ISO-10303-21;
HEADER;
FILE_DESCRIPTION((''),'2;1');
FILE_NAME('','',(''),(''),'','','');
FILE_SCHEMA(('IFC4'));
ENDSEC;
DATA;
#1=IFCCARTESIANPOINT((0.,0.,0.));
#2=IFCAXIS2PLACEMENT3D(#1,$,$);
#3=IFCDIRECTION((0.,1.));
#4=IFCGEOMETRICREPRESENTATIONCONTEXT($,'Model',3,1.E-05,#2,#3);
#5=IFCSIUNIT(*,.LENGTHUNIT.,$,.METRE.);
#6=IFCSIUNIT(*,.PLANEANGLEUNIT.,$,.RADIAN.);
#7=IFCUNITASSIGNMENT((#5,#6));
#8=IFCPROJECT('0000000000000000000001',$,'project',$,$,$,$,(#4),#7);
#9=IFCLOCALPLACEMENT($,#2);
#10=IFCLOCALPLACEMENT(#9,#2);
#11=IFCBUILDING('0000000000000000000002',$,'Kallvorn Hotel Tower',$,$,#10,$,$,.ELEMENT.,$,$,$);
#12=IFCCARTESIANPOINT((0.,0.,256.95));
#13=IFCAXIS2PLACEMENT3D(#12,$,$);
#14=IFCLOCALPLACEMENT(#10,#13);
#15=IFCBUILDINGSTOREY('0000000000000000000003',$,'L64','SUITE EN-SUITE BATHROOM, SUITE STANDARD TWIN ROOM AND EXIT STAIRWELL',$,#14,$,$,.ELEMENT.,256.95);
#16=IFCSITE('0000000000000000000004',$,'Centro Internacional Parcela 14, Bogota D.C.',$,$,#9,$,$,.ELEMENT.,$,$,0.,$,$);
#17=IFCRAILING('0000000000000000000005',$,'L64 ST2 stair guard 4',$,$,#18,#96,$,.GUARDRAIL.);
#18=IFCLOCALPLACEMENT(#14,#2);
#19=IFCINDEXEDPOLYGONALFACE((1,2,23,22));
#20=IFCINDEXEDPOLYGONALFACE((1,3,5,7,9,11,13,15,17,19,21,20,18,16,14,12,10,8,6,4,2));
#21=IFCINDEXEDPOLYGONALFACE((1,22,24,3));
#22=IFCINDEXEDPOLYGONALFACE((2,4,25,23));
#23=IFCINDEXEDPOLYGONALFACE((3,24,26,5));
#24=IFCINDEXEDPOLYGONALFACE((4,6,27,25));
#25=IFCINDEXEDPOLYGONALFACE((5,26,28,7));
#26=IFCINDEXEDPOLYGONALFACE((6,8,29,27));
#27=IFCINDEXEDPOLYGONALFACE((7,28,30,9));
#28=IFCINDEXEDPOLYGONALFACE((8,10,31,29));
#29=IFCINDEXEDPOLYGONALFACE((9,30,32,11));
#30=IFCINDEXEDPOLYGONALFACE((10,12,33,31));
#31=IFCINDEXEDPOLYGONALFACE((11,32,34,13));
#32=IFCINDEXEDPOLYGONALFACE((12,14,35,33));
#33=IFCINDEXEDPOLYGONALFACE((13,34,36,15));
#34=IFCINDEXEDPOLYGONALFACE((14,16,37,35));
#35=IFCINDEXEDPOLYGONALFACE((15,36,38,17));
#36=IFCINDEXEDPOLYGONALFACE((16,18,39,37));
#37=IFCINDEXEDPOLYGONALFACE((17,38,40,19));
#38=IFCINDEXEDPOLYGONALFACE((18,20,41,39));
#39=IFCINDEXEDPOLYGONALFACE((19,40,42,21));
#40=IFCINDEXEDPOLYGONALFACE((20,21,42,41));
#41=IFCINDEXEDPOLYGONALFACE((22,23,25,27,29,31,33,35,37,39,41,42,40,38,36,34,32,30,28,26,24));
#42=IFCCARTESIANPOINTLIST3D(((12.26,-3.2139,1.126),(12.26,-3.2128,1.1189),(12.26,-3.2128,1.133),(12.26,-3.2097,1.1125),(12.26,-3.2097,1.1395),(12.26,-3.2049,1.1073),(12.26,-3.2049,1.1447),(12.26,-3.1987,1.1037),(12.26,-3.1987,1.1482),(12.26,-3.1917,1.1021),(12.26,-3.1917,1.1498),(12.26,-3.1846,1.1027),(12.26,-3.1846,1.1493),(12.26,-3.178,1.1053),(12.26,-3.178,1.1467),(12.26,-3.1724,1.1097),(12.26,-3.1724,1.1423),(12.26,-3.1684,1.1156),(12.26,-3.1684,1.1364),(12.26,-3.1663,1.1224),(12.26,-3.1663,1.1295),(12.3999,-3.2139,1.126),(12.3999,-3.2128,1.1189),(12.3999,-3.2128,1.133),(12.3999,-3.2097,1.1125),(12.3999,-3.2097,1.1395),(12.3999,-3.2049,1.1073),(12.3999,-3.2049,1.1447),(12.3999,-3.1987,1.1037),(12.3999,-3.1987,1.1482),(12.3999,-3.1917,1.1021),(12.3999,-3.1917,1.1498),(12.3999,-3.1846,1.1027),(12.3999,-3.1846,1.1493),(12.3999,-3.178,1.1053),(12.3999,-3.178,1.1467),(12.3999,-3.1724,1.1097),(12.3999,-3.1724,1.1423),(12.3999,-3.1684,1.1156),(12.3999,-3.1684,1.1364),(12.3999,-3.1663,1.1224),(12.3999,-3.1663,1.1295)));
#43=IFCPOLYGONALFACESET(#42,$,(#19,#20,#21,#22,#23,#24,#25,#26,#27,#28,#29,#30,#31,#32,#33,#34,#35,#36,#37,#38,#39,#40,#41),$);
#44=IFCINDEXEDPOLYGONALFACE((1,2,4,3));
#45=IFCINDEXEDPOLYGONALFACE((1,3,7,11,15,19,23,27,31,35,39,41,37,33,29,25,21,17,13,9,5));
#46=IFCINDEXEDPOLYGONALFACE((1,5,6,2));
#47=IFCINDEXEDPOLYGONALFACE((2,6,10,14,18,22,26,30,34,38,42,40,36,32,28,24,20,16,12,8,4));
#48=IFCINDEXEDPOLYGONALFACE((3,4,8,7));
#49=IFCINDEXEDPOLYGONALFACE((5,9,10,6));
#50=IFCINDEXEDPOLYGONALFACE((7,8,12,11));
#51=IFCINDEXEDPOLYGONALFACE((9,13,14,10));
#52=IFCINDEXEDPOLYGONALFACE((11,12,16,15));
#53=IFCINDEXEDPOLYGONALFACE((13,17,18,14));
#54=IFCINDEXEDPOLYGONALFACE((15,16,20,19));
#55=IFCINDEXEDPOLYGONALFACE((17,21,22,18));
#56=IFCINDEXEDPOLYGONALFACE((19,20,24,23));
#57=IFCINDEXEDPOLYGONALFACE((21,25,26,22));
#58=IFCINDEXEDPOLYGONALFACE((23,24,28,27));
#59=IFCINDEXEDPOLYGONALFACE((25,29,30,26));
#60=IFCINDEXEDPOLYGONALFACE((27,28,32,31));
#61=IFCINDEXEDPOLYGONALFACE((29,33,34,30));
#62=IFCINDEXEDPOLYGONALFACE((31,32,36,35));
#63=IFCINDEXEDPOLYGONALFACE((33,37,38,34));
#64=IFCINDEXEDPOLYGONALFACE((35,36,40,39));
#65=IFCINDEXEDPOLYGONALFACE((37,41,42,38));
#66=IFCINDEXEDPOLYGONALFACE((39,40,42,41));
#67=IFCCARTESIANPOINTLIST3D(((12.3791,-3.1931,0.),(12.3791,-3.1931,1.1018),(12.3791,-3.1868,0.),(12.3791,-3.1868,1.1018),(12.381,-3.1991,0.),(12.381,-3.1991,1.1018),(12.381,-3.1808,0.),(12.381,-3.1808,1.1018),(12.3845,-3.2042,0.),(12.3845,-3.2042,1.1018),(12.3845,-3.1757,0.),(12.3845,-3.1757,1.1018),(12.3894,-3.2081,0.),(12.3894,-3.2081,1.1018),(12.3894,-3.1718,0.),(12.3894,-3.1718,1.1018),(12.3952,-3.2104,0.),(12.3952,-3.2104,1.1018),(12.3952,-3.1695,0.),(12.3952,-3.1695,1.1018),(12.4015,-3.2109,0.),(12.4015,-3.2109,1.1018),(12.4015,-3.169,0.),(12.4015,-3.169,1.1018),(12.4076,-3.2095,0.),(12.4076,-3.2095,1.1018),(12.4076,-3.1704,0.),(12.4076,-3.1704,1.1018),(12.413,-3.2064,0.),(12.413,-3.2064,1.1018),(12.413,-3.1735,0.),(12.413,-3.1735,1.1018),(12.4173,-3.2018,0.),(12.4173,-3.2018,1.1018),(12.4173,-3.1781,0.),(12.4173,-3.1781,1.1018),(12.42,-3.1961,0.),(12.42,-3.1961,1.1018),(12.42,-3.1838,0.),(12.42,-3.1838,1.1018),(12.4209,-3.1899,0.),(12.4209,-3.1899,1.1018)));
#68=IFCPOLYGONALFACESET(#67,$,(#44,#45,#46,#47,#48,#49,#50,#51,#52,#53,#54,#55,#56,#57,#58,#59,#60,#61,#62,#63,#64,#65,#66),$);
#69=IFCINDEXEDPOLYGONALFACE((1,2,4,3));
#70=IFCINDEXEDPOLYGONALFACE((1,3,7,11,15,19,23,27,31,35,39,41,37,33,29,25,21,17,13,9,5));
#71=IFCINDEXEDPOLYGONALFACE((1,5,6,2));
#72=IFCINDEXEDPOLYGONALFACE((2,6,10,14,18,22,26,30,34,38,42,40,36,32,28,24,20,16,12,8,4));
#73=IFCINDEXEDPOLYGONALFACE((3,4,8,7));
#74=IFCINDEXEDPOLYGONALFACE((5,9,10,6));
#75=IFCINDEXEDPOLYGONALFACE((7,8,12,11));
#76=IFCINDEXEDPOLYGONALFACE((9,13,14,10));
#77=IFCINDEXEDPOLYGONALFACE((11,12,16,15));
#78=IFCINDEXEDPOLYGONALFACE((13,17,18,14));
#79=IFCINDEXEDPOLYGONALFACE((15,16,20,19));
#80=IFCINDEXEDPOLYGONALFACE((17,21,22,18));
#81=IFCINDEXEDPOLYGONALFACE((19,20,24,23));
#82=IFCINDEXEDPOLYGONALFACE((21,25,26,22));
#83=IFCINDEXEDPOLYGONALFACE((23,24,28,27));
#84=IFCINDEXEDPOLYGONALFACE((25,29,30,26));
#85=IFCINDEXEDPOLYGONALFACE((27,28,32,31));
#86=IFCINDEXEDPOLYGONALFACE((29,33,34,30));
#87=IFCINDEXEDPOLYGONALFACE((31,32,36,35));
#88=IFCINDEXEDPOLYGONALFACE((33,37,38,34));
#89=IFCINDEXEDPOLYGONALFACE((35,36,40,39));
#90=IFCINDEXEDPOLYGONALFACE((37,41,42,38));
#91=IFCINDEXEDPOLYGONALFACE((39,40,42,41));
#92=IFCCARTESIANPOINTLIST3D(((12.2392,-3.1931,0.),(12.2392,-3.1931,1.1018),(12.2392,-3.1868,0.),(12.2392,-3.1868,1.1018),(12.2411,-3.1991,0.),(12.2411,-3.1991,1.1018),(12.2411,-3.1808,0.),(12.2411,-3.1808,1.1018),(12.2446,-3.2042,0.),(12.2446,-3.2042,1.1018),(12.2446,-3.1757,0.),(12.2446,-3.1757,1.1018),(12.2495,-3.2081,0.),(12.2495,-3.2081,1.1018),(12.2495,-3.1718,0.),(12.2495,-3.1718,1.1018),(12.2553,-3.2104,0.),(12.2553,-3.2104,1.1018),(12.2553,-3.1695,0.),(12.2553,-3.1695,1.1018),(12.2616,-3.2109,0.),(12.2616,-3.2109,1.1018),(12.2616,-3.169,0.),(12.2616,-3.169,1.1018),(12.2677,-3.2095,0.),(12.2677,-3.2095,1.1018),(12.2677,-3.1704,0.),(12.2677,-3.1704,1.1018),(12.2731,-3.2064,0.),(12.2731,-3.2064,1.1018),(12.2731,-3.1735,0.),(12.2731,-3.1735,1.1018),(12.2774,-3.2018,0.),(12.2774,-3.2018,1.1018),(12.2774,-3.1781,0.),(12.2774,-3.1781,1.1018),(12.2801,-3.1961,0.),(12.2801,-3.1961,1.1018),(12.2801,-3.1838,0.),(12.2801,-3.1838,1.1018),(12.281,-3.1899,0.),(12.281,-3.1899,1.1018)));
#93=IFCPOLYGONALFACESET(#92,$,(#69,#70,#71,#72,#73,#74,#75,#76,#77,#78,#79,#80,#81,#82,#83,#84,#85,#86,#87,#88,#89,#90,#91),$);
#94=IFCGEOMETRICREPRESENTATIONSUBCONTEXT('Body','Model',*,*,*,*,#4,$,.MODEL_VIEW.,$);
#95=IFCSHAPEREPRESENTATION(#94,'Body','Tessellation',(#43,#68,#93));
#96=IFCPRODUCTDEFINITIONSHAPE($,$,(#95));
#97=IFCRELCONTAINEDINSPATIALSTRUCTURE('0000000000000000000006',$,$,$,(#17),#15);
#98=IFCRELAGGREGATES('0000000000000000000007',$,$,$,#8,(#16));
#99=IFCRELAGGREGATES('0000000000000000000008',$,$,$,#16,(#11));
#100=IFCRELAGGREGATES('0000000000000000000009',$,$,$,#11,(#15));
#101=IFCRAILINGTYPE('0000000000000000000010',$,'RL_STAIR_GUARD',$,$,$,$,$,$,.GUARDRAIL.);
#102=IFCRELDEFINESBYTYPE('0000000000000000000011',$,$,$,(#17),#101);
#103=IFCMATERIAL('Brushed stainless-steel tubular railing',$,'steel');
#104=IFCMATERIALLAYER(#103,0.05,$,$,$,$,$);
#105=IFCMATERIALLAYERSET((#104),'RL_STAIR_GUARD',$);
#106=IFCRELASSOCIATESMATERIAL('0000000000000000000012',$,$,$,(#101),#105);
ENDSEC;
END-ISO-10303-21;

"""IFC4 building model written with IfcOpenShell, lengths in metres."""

from ifc_helpers import new_model, si_unit, direction, frame, origin, origin_2d, place, context, subcontext, project, spatial, circle, extrude, material, layer, layer_set, type_object, element, save


model = new_model("IFC4")

# Units and contexts
model_context = context("Model", 3, precision=1e-05, world=origin(), true_north=direction((0.0, 1.0)))
body_context = subcontext(model_context, "Body", "Model", "MODEL_VIEW")
ifc_project = project(units=[si_unit("LENGTHUNIT", "METRE"), si_unit("PLANEANGLEUNIT", "RADIAN")], contexts=[model_context])

# Site, building, storey
site_placement = place(None, origin())
site = spatial("IfcSite", under=ifc_project, at=site_placement, Name="Centro Internacional Parcela 14, Bogota D.C.", CompositionType="ELEMENT", RefElevation=0.0)
building_placement = place(site_placement, origin())
building = spatial("IfcBuilding", under=site, at=building_placement, Name="Kallvorn Hotel Tower", CompositionType="ELEMENT")
storey_placement = place(building_placement, frame((0.0, 0.0, 256.95)))
storey = spatial("IfcBuildingStorey", under=building, at=storey_placement, Name="L64", Description="SUITE EN-SUITE BATHROOM, SUITE STANDARD TWIN ROOM AND EXIT STAIRWELL", CompositionType="ELEMENT", Elevation=256.95)

# Railing
ifc_material_1 = material(Name="Brushed stainless-steel tubular railing", Category="steel")
ifc_layer_1 = layer(ifc_material_1, 0.05)
ifc_layer_set_1 = layer_set([ifc_layer_1], Name="RL_STAIR_GUARD")
railing_type_1 = type_object("IfcRailingType", Name="RL_STAIR_GUARD", PredefinedType="GUARDRAIL", material=ifc_layer_set_1)
railing_1_placement = place(storey_placement, frame((12.3999, -3.1899, 0.0)))
element("IfcRailing", 1, at=railing_1_placement, inside=storey, type_object=railing_type_1, Name="L64 ST2 stair guard 4", PredefinedType="GUARDRAIL", context=body_context, shape_type="SweptSolid", body=[
    extrude(circle(Radius=0.0239, at=origin_2d()), frame((0.0, 0.0, 1.126), z_axis=(-1.0, 0.0, 0.0), x_axis=(0.0, -1.0, 0.0)), (0.0, 0.0, 1.0), 0.1399),
    extrude(circle(Radius=0.021, at=origin_2d()), origin(), (0.0, 0.0, 1.0), 1.1018),
    extrude(circle(Radius=0.021, at=origin_2d()), frame((-0.1399, 0.0, 0.0)), (0.0, 0.0, 1.0), 1.1018),
])

save(model, "model.ifc")
